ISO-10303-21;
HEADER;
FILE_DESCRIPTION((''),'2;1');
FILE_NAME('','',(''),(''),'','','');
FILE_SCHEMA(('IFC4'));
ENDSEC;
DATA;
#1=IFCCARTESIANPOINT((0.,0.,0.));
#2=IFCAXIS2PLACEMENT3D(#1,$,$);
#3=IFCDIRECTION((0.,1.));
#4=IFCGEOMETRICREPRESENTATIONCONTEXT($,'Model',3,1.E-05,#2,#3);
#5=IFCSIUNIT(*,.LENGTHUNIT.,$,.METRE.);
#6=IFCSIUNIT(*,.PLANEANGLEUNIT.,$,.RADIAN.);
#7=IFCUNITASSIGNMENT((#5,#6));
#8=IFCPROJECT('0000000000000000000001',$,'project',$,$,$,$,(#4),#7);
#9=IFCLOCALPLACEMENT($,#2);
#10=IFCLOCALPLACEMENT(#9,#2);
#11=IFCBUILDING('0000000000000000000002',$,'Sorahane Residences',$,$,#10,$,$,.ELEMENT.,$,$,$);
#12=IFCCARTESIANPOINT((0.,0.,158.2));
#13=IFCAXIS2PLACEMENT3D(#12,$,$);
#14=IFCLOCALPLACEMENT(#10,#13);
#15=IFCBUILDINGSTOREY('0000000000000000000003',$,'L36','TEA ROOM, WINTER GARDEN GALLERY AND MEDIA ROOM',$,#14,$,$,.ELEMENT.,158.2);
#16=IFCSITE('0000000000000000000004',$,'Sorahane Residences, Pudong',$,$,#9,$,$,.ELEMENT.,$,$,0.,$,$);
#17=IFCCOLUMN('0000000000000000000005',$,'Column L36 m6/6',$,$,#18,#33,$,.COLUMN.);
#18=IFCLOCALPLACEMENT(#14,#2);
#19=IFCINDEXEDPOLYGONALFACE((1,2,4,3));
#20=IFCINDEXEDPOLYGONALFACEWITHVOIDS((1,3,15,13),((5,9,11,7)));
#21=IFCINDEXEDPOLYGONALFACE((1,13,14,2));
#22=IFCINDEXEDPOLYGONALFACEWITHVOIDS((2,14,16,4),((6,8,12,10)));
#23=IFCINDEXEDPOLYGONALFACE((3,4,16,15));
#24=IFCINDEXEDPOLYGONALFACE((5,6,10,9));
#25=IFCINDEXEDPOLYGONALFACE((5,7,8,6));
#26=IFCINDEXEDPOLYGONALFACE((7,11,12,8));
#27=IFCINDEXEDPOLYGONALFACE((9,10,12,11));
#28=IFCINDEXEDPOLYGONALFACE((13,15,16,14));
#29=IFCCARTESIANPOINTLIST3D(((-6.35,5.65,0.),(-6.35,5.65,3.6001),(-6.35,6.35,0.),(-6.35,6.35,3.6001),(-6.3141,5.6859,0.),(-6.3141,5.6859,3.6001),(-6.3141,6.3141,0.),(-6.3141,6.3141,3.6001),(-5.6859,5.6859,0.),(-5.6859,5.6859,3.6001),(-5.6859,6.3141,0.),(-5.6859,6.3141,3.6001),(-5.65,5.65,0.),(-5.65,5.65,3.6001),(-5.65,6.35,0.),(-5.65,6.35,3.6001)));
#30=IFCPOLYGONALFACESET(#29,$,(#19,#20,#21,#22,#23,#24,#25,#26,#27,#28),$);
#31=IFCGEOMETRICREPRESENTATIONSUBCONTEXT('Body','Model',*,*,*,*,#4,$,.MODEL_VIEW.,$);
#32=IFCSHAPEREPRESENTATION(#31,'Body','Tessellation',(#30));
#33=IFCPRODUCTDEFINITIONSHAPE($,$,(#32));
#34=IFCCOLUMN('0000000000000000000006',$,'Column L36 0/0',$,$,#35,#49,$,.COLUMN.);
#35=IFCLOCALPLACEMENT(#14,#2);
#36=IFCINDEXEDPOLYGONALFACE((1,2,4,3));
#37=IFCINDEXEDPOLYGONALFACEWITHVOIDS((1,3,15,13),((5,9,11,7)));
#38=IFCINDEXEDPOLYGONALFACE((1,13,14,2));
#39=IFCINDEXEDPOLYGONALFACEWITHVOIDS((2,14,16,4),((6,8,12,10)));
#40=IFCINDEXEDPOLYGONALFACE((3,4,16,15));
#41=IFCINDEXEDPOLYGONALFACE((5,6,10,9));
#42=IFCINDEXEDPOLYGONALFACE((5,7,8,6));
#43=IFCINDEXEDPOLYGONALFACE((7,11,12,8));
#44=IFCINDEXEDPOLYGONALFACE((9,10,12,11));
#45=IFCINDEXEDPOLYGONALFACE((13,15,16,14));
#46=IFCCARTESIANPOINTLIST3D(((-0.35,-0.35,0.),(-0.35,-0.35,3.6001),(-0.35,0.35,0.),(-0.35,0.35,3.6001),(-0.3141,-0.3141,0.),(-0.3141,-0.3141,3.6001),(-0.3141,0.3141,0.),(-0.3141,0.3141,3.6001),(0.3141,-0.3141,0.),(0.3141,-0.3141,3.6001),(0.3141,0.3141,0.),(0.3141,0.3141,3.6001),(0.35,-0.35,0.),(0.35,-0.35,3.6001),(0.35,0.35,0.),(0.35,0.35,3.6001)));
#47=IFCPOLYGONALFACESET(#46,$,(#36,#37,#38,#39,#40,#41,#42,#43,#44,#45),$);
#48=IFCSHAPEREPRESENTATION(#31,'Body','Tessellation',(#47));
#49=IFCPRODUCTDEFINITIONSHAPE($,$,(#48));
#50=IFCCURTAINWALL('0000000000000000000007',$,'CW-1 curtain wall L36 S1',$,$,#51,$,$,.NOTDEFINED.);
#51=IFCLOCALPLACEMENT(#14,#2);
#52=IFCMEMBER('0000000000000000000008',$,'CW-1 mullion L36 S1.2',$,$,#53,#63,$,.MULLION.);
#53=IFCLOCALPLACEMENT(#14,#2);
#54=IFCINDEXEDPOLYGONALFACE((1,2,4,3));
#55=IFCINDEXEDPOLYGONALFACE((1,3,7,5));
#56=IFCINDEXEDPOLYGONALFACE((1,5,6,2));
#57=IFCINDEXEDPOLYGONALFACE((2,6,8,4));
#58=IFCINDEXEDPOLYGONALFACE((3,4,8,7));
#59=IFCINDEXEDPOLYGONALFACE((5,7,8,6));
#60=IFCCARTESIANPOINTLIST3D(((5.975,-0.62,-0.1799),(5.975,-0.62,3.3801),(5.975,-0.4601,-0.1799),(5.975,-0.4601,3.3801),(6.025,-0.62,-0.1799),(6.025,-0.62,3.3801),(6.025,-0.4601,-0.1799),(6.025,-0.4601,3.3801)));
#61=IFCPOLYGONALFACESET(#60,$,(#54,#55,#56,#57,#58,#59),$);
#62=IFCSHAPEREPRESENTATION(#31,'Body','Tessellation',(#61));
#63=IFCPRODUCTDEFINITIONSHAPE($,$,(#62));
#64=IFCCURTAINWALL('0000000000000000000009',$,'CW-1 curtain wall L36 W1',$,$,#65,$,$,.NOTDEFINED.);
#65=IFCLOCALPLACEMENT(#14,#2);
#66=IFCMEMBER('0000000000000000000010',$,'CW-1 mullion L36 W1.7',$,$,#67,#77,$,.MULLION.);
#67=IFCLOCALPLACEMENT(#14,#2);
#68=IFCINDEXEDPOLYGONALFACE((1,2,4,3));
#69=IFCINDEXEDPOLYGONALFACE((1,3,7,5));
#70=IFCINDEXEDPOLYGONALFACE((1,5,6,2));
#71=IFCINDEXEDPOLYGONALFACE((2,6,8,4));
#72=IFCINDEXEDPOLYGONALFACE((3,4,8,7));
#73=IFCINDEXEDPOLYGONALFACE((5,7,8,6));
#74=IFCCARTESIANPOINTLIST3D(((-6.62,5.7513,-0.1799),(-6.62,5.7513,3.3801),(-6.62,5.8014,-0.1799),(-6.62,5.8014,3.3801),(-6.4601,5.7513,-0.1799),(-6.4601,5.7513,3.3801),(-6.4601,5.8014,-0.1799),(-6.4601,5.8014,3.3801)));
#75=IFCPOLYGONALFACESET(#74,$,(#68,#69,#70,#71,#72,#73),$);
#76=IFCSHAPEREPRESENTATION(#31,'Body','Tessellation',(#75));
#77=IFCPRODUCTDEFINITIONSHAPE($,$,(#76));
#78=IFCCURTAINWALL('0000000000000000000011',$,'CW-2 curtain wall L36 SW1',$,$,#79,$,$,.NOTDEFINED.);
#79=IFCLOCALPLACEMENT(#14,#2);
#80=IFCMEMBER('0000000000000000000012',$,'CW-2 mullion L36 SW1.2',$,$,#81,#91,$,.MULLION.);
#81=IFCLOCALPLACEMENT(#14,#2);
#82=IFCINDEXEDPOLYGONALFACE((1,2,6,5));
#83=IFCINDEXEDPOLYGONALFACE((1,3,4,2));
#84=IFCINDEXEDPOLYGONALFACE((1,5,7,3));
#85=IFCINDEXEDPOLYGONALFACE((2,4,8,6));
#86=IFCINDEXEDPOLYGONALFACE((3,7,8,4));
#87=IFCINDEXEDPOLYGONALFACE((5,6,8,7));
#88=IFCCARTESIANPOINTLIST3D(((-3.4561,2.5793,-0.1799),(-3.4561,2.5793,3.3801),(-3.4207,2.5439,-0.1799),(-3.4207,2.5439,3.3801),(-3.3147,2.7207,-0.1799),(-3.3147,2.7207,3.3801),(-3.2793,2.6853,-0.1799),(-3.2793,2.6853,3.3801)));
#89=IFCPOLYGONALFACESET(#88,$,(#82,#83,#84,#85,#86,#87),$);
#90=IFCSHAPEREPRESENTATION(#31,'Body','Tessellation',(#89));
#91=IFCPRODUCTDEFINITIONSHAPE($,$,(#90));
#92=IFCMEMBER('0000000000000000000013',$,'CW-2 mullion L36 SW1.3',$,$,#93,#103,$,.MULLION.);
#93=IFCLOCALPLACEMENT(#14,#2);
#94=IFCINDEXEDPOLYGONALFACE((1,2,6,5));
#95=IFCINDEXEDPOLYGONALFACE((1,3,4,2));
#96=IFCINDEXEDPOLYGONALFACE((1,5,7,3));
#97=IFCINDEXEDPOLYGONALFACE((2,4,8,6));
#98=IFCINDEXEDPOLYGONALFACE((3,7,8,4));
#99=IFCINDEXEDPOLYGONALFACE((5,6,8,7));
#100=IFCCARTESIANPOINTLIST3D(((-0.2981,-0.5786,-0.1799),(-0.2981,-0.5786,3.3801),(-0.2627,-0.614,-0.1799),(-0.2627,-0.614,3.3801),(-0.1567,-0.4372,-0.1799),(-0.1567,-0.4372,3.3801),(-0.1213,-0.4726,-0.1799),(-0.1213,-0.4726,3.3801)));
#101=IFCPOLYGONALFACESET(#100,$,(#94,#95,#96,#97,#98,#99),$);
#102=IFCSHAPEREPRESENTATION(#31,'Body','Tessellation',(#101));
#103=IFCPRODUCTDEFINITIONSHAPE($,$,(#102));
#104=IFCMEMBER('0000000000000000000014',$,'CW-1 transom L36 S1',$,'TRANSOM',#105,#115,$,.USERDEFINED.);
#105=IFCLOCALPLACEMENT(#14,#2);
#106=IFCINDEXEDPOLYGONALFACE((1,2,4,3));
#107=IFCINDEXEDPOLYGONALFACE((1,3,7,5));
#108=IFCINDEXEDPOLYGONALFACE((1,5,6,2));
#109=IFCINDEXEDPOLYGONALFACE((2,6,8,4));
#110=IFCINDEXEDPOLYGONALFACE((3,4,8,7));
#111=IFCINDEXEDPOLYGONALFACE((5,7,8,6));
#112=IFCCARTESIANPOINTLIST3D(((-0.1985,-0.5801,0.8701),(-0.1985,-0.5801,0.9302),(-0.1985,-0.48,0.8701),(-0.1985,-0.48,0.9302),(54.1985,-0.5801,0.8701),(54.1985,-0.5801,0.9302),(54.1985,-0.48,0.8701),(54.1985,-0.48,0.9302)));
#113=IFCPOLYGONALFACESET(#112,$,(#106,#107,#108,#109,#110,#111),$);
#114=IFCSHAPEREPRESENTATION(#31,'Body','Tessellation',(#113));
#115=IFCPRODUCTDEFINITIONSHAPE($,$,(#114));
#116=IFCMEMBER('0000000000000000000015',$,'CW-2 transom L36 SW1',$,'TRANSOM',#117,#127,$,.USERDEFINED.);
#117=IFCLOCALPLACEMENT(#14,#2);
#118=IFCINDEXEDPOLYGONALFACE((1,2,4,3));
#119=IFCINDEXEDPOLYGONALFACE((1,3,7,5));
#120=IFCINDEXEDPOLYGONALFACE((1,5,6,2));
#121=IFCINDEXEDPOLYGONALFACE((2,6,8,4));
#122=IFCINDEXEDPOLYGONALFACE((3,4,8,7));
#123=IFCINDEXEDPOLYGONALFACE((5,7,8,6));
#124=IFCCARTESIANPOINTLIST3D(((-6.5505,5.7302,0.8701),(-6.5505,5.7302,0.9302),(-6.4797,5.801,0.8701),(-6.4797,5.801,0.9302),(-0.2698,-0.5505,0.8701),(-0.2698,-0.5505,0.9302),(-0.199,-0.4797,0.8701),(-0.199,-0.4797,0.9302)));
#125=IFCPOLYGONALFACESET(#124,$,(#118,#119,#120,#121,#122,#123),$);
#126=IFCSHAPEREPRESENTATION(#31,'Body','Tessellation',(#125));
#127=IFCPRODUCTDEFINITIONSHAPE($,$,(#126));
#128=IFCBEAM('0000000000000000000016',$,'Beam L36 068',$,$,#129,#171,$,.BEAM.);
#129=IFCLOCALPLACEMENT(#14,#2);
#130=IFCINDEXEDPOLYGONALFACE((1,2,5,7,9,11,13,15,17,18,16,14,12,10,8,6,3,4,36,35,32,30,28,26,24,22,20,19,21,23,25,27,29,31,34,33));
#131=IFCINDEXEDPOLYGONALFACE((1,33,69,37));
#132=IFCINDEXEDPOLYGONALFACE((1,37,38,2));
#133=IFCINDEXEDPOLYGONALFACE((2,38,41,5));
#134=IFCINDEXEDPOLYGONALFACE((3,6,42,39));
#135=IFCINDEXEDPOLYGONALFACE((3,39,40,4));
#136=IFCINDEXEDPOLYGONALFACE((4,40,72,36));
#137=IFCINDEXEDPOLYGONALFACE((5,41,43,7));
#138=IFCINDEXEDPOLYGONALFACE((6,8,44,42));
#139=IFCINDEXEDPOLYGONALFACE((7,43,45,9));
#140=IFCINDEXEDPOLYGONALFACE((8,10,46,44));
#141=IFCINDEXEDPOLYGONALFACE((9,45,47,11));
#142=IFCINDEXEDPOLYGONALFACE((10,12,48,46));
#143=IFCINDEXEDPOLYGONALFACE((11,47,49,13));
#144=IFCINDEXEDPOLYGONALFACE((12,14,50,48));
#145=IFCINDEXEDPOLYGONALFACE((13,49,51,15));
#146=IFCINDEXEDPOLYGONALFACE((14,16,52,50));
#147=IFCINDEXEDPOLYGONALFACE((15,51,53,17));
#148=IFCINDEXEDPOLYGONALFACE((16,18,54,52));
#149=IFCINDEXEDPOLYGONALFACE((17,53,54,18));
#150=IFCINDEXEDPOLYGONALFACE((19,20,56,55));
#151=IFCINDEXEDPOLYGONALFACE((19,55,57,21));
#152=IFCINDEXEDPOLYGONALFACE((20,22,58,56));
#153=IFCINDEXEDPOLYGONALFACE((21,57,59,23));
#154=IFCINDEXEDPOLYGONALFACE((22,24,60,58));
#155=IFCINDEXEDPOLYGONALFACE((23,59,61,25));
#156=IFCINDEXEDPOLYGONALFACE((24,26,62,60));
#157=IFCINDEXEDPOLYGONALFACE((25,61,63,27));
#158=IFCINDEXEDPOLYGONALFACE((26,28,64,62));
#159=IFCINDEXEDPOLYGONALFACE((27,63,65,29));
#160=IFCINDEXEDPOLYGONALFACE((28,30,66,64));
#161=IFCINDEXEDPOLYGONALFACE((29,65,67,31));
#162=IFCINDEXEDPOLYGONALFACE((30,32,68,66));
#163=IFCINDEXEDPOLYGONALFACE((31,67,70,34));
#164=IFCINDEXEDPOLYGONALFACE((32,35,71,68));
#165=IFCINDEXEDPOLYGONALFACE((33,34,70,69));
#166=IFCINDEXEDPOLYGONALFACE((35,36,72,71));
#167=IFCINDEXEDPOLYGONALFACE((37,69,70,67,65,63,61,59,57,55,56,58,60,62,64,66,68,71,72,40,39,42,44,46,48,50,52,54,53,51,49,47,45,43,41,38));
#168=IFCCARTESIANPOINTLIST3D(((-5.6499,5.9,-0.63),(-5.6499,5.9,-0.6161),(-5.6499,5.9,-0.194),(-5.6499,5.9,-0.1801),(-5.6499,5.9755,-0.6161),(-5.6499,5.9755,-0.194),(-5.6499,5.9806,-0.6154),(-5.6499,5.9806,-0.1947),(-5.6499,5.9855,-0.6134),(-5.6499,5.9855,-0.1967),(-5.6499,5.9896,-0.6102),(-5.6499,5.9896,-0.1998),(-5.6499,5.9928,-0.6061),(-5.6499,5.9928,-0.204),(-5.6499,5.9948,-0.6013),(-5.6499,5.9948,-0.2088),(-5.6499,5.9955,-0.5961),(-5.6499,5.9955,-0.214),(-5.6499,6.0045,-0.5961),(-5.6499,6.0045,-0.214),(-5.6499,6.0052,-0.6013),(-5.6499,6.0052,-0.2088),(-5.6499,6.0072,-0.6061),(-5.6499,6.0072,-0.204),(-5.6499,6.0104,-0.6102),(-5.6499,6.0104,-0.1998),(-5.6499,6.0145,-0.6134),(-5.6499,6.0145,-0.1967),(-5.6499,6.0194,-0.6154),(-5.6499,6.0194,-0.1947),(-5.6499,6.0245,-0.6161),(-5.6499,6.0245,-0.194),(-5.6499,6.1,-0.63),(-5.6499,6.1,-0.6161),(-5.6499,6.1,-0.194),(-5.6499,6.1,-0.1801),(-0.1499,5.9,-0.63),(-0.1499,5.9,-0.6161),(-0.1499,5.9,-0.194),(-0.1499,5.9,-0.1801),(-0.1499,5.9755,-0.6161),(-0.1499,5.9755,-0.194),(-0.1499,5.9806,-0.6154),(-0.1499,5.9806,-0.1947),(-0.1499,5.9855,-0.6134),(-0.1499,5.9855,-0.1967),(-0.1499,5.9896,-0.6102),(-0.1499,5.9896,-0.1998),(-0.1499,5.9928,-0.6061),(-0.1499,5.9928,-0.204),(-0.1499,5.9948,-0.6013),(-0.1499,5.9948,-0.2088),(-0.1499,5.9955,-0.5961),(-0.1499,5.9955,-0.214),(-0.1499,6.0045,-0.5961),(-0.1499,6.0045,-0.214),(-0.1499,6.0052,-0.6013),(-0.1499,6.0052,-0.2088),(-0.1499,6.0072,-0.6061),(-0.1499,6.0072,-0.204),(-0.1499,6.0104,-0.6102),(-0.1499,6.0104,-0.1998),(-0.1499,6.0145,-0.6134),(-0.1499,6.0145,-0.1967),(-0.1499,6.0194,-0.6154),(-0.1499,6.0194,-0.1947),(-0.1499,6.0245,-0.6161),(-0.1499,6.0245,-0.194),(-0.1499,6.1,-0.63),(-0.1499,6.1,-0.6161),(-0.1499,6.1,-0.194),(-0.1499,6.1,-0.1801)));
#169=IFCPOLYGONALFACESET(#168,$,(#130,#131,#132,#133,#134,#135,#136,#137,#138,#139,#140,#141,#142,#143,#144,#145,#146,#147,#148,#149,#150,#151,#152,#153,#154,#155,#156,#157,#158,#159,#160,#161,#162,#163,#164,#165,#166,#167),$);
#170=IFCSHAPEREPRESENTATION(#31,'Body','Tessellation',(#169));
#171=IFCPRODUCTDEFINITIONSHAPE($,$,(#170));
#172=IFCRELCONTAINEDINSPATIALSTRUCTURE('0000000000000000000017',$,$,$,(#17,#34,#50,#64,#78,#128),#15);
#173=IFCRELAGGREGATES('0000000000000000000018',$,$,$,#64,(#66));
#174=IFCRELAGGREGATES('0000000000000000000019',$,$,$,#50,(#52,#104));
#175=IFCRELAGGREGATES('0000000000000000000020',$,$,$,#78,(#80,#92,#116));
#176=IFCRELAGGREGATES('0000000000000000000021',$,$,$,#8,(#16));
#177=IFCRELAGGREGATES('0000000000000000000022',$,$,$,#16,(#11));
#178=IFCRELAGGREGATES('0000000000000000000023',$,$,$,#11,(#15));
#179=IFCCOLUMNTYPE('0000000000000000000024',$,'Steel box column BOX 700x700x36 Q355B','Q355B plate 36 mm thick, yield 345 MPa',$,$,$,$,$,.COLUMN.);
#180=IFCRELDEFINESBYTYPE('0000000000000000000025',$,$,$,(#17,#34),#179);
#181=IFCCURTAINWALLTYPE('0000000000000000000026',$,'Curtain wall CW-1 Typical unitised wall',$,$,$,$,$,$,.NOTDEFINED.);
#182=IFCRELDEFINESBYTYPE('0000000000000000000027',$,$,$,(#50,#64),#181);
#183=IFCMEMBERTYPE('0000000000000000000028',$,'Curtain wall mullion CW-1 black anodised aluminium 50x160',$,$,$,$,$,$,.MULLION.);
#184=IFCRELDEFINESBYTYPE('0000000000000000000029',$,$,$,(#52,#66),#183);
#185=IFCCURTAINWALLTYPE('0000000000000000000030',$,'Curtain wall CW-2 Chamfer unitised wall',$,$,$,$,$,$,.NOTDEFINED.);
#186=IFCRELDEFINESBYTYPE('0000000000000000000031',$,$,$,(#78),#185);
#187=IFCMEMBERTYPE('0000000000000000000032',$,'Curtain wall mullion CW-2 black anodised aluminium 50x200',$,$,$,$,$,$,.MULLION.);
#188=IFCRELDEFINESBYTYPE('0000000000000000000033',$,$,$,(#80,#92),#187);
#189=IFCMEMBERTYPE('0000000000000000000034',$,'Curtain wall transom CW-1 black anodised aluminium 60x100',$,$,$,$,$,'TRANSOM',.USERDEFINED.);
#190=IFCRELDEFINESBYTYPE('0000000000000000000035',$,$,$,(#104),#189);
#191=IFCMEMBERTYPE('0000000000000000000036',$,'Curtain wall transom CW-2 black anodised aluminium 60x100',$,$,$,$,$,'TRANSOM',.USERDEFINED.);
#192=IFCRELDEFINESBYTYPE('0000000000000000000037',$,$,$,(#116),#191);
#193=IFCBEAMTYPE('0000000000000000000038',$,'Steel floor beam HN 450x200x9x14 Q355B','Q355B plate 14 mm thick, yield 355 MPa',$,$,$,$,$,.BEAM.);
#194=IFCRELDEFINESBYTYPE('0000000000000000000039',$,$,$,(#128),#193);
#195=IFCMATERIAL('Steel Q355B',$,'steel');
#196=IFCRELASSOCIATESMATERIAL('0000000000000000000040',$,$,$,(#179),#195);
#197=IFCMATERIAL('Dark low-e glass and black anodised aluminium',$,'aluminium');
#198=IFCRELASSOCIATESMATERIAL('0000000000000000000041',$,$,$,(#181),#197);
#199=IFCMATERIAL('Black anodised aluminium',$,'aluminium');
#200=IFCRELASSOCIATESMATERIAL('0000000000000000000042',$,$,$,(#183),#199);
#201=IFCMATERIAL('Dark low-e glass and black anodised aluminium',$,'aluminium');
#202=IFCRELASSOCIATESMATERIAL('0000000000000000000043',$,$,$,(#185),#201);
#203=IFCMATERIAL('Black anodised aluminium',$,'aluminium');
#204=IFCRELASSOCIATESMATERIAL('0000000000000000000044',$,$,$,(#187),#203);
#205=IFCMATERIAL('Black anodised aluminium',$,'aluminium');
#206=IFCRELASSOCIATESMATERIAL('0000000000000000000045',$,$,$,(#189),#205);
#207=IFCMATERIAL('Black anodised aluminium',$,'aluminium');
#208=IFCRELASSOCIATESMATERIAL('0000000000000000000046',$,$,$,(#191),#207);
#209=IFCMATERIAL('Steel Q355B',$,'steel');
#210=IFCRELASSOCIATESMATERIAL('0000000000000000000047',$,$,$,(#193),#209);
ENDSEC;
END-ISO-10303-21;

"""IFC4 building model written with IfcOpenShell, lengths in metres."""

from ifc_helpers import new_model, si_unit, direction, frame, origin, origin_2d, place, context, subcontext, project, spatial, rectangle, hollow_rectangle, i_section, extrude, material, material_profile, profile_set, type_object, element, aggregate, save


model = new_model("IFC4")

# Units and contexts
model_context = context("Model", 3, precision=1e-05, world=origin(), true_north=direction((0.0, 1.0)))
body_context = subcontext(model_context, "Body", "Model", "MODEL_VIEW")
ifc_project = project(units=[si_unit("LENGTHUNIT", "METRE"), si_unit("PLANEANGLEUNIT", "RADIAN")], contexts=[model_context])

# Site, building, storey
site_placement = place(None, origin())
site = spatial("IfcSite", under=ifc_project, at=site_placement, Name="Sorahane Residences, Pudong", CompositionType="ELEMENT", RefElevation=0.0)
building_placement = place(site_placement, origin())
building = spatial("IfcBuilding", under=site, at=building_placement, Name="Sorahane Residences", CompositionType="ELEMENT")
storey_placement = place(building_placement, frame((0.0, 0.0, 158.2)))
storey = spatial("IfcBuildingStorey", under=building, at=storey_placement, Name="L36", Description="TEA ROOM, WINTER GARDEN GALLERY AND MEDIA ROOM", CompositionType="ELEMENT", Elevation=158.2)

# Columns
ifc_material_1 = material(Name="Steel Q355B", Category="steel")
ifc_material_profile_1 = material_profile(ifc_material_1, hollow_rectangle(XDim=0.7, YDim=0.7, WallThickness=0.0359, at=origin_2d()), Name="BOX 700x700x36")
ifc_profile_set_1 = profile_set([ifc_material_profile_1], Name="Steel Q355B")
column_type = type_object("IfcColumnType", Name="Steel box column BOX 700x700x36 Q355B", Description="Q355B plate 36 mm thick, yield 345 MPa", PredefinedType="COLUMN", material=ifc_profile_set_1)
for number, where, z_axis, x_axis, name in (
    (1, (-6.0, 6.0, 0.0), (0.0, 0.0, 1.0), (1.0, 0.0, 0.0), "Column L36 m6/6"),
    (2, (0.0, 0.0, 0.0), (0.0, 0.0, 1.0), (1.0, 0.0, 0.0), "Column L36 0/0"),
):
    element("IfcColumn", number, at=place(storey_placement, frame(where, z_axis=z_axis, x_axis=x_axis)), inside=storey, type_object=column_type, Name=name, PredefinedType="COLUMN", context=body_context, shape_type="SweptSolid", body=[
        extrude(hollow_rectangle(XDim=0.7, YDim=0.7, WallThickness=0.0359, at=origin_2d()), origin(), (0.0, 0.0, 1.0), 3.6001),
    ])

# Curtain walls, members
ifc_material_2 = material(Name="Dark low-e glass and black anodised aluminium", Category="aluminium")
curtain_wall_type_1 = type_object("IfcCurtainWallType", Name="Curtain wall CW-1 Typical unitised wall", PredefinedType="NOTDEFINED", material=ifc_material_2)
curtain_wall_1_placement = place(storey_placement, origin())
curtain_wall_1 = element("IfcCurtainWall", 3, at=curtain_wall_1_placement, inside=storey, type_object=curtain_wall_type_1, Name="CW-1 curtain wall L36 S1", PredefinedType="NOTDEFINED")
ifc_material_3 = material(Name="Black anodised aluminium", Category="aluminium")
ifc_material_profile_2 = material_profile(ifc_material_3, rectangle(XDim=0.1599, YDim=0.05, at=origin_2d()), Name="Curtain wall mullion CW-1 black anodised aluminium 50x160")
ifc_profile_set_2 = profile_set([ifc_material_profile_2], Name="Black anodised aluminium")
member_type_1 = type_object("IfcMemberType", Name="Curtain wall mullion CW-1 black anodised aluminium 50x160", PredefinedType="MULLION", material=ifc_profile_set_2)
member_1_placement = place(storey_placement, frame((6.0, -0.54, -0.1799), z_axis=(0.0, 0.0, 1.0), x_axis=(0.0, -1.0, 0.0)))
member_1 = element("IfcMember", 4, at=member_1_placement, type_object=member_type_1, Name="CW-1 mullion L36 S1.2", PredefinedType="MULLION", context=body_context, shape_type="SweptSolid", body=[
    extrude(rectangle(XDim=0.1599, YDim=0.05, at=origin_2d()), origin(), (0.0, 0.0, 1.0), 3.5601),
])
curtain_wall_2_placement = place(storey_placement, origin())
curtain_wall_2 = element("IfcCurtainWall", 5, at=curtain_wall_2_placement, inside=storey, type_object=curtain_wall_type_1, Name="CW-1 curtain wall L36 W1", PredefinedType="NOTDEFINED")
member_2_placement = place(storey_placement, frame((-6.54, 5.7764, -0.1799), z_axis=(0.0, 0.0, 1.0), x_axis=(-1.0, 0.0, 0.0)))
member_2 = element("IfcMember", 6, at=member_2_placement, type_object=member_type_1, Name="CW-1 mullion L36 W1.7", PredefinedType="MULLION", context=body_context, shape_type="SweptSolid", body=[
    extrude(rectangle(XDim=0.1599, YDim=0.05, at=origin_2d()), origin(), (0.0, 0.0, 1.0), 3.5601),
])
aggregate(curtain_wall_2, [member_2])

# Curtain wall, members
ifc_material_4 = material(Name="Dark low-e glass and black anodised aluminium", Category="aluminium")
curtain_wall_type_2 = type_object("IfcCurtainWallType", Name="Curtain wall CW-2 Chamfer unitised wall", PredefinedType="NOTDEFINED", material=ifc_material_4)
curtain_wall_3_placement = place(storey_placement, origin())
curtain_wall_3 = element("IfcCurtainWall", 7, at=curtain_wall_3_placement, inside=storey, type_object=curtain_wall_type_2, Name="CW-2 curtain wall L36 SW1", PredefinedType="NOTDEFINED")
ifc_material_5 = material(Name="Black anodised aluminium", Category="aluminium")
ifc_material_profile_3 = material_profile(ifc_material_5, rectangle(XDim=0.2, YDim=0.05, at=origin_2d()), Name="Curtain wall mullion CW-2 black anodised aluminium 50x200")
ifc_profile_set_3 = profile_set([ifc_material_profile_3], Name="Black anodised aluminium")
member_type_2 = type_object("IfcMemberType", Name="Curtain wall mullion CW-2 black anodised aluminium 50x200", PredefinedType="MULLION", material=ifc_profile_set_3)
member_3_placement = place(storey_placement, frame((-3.3677, 2.6323, -0.1799), z_axis=(0.0, 0.0, 1.0), x_axis=(-0.707107, -0.707107, 0.0)))
member_3 = element("IfcMember", 8, at=member_3_placement, type_object=member_type_2, Name="CW-2 mullion L36 SW1.2", PredefinedType="MULLION", context=body_context, shape_type="SweptSolid", body=[
    extrude(rectangle(XDim=0.2, YDim=0.05, at=origin_2d()), origin(), (0.0, 0.0, 1.0), 3.5601),
])
member_4_placement = place(storey_placement, frame((-0.2097, -0.5256, -0.1799), z_axis=(0.0, 0.0, 1.0), x_axis=(-0.707107, -0.707107, 0.0)))
member_4 = element("IfcMember", 9, at=member_4_placement, type_object=member_type_2, Name="CW-2 mullion L36 SW1.3", PredefinedType="MULLION", context=body_context, shape_type="SweptSolid", body=[
    extrude(rectangle(XDim=0.2, YDim=0.05, at=origin_2d()), origin(), (0.0, 0.0, 1.0), 3.5601),
])

# Members
ifc_material_6 = material(Name="Black anodised aluminium", Category="aluminium")
ifc_material_profile_4 = material_profile(ifc_material_6, rectangle(XDim=0.1001, YDim=0.0601, at=origin_2d()), Name="Curtain wall transom CW-1 black anodised aluminium 60x100")
ifc_profile_set_4 = profile_set([ifc_material_profile_4], Name="Black anodised aluminium")
member_type_3 = type_object("IfcMemberType", Name="Curtain wall transom CW-1 black anodised aluminium 60x100", ElementType="TRANSOM", PredefinedType="USERDEFINED", material=ifc_profile_set_4)
member_5_placement = place(storey_placement, frame((-0.1985, -0.53, 0.9001), z_axis=(1.0, 0.0, 0.0), x_axis=(0.0, 1.0, 0.0)))
member_5 = element("IfcMember", 10, at=member_5_placement, type_object=member_type_3, Name="CW-1 transom L36 S1", ObjectType="TRANSOM", PredefinedType="USERDEFINED", context=body_context, shape_type="SweptSolid", body=[
    extrude(rectangle(XDim=0.1001, YDim=0.0601, at=origin_2d()), origin(), (0.0, 0.0, 1.0), 54.397),
])
ifc_material_7 = material(Name="Black anodised aluminium", Category="aluminium")
ifc_material_profile_5 = material_profile(ifc_material_7, rectangle(XDim=0.1001, YDim=0.0601, at=origin_2d()), Name="Curtain wall transom CW-2 black anodised aluminium 60x100")
ifc_profile_set_5 = profile_set([ifc_material_profile_5], Name="Black anodised aluminium")
member_type_4 = type_object("IfcMemberType", Name="Curtain wall transom CW-2 black anodised aluminium 60x100", ElementType="TRANSOM", PredefinedType="USERDEFINED", material=ifc_profile_set_5)
member_6_placement = place(storey_placement, frame((-6.5151, 5.7656, 0.9001), z_axis=(0.707107, -0.707107, 0.0), x_axis=(0.707107, 0.707107, 0.0)))
member_6 = element("IfcMember", 11, at=member_6_placement, type_object=member_type_4, Name="CW-2 transom L36 SW1", ObjectType="TRANSOM", PredefinedType="USERDEFINED", context=body_context, shape_type="SweptSolid", body=[
    extrude(rectangle(XDim=0.1001, YDim=0.0601, at=origin_2d()), origin(), (0.0, 0.0, 1.0), 8.8823),
])

# Beam
ifc_material_8 = material(Name="Steel Q355B", Category="steel")
ifc_material_profile_6 = material_profile(ifc_material_8, i_section(OverallWidth=0.2, OverallDepth=0.45, WebThickness=0.009, FlangeThickness=0.0139, FilletRadius=0.02, at=origin_2d()), Name="HN 450x200x9x14")
ifc_profile_set_6 = profile_set([ifc_material_profile_6], Name="Steel Q355B")
beam_type_1 = type_object("IfcBeamType", Name="Steel floor beam HN 450x200x9x14 Q355B", Description="Q355B plate 14 mm thick, yield 355 MPa", PredefinedType="BEAM", material=ifc_profile_set_6)
beam_1_placement = place(storey_placement, frame((-5.6499, 6.0, -0.405), z_axis=(1.0, 0.0, 0.0), x_axis=(0.0, 1.0, 0.0)))
element("IfcBeam", 12, at=beam_1_placement, inside=storey, type_object=beam_type_1, Name="Beam L36 068", PredefinedType="BEAM", context=body_context, shape_type="SweptSolid", body=[
    extrude(i_section(OverallWidth=0.2, OverallDepth=0.45, WebThickness=0.009, FlangeThickness=0.0139, FilletRadius=0.02, at=origin_2d()), origin(), (0.0, 0.0, 1.0), 5.5),
])

aggregate(curtain_wall_1, [member_1, member_5])
aggregate(curtain_wall_3, [member_3, member_4, member_6])

save(model, "model.ifc")
